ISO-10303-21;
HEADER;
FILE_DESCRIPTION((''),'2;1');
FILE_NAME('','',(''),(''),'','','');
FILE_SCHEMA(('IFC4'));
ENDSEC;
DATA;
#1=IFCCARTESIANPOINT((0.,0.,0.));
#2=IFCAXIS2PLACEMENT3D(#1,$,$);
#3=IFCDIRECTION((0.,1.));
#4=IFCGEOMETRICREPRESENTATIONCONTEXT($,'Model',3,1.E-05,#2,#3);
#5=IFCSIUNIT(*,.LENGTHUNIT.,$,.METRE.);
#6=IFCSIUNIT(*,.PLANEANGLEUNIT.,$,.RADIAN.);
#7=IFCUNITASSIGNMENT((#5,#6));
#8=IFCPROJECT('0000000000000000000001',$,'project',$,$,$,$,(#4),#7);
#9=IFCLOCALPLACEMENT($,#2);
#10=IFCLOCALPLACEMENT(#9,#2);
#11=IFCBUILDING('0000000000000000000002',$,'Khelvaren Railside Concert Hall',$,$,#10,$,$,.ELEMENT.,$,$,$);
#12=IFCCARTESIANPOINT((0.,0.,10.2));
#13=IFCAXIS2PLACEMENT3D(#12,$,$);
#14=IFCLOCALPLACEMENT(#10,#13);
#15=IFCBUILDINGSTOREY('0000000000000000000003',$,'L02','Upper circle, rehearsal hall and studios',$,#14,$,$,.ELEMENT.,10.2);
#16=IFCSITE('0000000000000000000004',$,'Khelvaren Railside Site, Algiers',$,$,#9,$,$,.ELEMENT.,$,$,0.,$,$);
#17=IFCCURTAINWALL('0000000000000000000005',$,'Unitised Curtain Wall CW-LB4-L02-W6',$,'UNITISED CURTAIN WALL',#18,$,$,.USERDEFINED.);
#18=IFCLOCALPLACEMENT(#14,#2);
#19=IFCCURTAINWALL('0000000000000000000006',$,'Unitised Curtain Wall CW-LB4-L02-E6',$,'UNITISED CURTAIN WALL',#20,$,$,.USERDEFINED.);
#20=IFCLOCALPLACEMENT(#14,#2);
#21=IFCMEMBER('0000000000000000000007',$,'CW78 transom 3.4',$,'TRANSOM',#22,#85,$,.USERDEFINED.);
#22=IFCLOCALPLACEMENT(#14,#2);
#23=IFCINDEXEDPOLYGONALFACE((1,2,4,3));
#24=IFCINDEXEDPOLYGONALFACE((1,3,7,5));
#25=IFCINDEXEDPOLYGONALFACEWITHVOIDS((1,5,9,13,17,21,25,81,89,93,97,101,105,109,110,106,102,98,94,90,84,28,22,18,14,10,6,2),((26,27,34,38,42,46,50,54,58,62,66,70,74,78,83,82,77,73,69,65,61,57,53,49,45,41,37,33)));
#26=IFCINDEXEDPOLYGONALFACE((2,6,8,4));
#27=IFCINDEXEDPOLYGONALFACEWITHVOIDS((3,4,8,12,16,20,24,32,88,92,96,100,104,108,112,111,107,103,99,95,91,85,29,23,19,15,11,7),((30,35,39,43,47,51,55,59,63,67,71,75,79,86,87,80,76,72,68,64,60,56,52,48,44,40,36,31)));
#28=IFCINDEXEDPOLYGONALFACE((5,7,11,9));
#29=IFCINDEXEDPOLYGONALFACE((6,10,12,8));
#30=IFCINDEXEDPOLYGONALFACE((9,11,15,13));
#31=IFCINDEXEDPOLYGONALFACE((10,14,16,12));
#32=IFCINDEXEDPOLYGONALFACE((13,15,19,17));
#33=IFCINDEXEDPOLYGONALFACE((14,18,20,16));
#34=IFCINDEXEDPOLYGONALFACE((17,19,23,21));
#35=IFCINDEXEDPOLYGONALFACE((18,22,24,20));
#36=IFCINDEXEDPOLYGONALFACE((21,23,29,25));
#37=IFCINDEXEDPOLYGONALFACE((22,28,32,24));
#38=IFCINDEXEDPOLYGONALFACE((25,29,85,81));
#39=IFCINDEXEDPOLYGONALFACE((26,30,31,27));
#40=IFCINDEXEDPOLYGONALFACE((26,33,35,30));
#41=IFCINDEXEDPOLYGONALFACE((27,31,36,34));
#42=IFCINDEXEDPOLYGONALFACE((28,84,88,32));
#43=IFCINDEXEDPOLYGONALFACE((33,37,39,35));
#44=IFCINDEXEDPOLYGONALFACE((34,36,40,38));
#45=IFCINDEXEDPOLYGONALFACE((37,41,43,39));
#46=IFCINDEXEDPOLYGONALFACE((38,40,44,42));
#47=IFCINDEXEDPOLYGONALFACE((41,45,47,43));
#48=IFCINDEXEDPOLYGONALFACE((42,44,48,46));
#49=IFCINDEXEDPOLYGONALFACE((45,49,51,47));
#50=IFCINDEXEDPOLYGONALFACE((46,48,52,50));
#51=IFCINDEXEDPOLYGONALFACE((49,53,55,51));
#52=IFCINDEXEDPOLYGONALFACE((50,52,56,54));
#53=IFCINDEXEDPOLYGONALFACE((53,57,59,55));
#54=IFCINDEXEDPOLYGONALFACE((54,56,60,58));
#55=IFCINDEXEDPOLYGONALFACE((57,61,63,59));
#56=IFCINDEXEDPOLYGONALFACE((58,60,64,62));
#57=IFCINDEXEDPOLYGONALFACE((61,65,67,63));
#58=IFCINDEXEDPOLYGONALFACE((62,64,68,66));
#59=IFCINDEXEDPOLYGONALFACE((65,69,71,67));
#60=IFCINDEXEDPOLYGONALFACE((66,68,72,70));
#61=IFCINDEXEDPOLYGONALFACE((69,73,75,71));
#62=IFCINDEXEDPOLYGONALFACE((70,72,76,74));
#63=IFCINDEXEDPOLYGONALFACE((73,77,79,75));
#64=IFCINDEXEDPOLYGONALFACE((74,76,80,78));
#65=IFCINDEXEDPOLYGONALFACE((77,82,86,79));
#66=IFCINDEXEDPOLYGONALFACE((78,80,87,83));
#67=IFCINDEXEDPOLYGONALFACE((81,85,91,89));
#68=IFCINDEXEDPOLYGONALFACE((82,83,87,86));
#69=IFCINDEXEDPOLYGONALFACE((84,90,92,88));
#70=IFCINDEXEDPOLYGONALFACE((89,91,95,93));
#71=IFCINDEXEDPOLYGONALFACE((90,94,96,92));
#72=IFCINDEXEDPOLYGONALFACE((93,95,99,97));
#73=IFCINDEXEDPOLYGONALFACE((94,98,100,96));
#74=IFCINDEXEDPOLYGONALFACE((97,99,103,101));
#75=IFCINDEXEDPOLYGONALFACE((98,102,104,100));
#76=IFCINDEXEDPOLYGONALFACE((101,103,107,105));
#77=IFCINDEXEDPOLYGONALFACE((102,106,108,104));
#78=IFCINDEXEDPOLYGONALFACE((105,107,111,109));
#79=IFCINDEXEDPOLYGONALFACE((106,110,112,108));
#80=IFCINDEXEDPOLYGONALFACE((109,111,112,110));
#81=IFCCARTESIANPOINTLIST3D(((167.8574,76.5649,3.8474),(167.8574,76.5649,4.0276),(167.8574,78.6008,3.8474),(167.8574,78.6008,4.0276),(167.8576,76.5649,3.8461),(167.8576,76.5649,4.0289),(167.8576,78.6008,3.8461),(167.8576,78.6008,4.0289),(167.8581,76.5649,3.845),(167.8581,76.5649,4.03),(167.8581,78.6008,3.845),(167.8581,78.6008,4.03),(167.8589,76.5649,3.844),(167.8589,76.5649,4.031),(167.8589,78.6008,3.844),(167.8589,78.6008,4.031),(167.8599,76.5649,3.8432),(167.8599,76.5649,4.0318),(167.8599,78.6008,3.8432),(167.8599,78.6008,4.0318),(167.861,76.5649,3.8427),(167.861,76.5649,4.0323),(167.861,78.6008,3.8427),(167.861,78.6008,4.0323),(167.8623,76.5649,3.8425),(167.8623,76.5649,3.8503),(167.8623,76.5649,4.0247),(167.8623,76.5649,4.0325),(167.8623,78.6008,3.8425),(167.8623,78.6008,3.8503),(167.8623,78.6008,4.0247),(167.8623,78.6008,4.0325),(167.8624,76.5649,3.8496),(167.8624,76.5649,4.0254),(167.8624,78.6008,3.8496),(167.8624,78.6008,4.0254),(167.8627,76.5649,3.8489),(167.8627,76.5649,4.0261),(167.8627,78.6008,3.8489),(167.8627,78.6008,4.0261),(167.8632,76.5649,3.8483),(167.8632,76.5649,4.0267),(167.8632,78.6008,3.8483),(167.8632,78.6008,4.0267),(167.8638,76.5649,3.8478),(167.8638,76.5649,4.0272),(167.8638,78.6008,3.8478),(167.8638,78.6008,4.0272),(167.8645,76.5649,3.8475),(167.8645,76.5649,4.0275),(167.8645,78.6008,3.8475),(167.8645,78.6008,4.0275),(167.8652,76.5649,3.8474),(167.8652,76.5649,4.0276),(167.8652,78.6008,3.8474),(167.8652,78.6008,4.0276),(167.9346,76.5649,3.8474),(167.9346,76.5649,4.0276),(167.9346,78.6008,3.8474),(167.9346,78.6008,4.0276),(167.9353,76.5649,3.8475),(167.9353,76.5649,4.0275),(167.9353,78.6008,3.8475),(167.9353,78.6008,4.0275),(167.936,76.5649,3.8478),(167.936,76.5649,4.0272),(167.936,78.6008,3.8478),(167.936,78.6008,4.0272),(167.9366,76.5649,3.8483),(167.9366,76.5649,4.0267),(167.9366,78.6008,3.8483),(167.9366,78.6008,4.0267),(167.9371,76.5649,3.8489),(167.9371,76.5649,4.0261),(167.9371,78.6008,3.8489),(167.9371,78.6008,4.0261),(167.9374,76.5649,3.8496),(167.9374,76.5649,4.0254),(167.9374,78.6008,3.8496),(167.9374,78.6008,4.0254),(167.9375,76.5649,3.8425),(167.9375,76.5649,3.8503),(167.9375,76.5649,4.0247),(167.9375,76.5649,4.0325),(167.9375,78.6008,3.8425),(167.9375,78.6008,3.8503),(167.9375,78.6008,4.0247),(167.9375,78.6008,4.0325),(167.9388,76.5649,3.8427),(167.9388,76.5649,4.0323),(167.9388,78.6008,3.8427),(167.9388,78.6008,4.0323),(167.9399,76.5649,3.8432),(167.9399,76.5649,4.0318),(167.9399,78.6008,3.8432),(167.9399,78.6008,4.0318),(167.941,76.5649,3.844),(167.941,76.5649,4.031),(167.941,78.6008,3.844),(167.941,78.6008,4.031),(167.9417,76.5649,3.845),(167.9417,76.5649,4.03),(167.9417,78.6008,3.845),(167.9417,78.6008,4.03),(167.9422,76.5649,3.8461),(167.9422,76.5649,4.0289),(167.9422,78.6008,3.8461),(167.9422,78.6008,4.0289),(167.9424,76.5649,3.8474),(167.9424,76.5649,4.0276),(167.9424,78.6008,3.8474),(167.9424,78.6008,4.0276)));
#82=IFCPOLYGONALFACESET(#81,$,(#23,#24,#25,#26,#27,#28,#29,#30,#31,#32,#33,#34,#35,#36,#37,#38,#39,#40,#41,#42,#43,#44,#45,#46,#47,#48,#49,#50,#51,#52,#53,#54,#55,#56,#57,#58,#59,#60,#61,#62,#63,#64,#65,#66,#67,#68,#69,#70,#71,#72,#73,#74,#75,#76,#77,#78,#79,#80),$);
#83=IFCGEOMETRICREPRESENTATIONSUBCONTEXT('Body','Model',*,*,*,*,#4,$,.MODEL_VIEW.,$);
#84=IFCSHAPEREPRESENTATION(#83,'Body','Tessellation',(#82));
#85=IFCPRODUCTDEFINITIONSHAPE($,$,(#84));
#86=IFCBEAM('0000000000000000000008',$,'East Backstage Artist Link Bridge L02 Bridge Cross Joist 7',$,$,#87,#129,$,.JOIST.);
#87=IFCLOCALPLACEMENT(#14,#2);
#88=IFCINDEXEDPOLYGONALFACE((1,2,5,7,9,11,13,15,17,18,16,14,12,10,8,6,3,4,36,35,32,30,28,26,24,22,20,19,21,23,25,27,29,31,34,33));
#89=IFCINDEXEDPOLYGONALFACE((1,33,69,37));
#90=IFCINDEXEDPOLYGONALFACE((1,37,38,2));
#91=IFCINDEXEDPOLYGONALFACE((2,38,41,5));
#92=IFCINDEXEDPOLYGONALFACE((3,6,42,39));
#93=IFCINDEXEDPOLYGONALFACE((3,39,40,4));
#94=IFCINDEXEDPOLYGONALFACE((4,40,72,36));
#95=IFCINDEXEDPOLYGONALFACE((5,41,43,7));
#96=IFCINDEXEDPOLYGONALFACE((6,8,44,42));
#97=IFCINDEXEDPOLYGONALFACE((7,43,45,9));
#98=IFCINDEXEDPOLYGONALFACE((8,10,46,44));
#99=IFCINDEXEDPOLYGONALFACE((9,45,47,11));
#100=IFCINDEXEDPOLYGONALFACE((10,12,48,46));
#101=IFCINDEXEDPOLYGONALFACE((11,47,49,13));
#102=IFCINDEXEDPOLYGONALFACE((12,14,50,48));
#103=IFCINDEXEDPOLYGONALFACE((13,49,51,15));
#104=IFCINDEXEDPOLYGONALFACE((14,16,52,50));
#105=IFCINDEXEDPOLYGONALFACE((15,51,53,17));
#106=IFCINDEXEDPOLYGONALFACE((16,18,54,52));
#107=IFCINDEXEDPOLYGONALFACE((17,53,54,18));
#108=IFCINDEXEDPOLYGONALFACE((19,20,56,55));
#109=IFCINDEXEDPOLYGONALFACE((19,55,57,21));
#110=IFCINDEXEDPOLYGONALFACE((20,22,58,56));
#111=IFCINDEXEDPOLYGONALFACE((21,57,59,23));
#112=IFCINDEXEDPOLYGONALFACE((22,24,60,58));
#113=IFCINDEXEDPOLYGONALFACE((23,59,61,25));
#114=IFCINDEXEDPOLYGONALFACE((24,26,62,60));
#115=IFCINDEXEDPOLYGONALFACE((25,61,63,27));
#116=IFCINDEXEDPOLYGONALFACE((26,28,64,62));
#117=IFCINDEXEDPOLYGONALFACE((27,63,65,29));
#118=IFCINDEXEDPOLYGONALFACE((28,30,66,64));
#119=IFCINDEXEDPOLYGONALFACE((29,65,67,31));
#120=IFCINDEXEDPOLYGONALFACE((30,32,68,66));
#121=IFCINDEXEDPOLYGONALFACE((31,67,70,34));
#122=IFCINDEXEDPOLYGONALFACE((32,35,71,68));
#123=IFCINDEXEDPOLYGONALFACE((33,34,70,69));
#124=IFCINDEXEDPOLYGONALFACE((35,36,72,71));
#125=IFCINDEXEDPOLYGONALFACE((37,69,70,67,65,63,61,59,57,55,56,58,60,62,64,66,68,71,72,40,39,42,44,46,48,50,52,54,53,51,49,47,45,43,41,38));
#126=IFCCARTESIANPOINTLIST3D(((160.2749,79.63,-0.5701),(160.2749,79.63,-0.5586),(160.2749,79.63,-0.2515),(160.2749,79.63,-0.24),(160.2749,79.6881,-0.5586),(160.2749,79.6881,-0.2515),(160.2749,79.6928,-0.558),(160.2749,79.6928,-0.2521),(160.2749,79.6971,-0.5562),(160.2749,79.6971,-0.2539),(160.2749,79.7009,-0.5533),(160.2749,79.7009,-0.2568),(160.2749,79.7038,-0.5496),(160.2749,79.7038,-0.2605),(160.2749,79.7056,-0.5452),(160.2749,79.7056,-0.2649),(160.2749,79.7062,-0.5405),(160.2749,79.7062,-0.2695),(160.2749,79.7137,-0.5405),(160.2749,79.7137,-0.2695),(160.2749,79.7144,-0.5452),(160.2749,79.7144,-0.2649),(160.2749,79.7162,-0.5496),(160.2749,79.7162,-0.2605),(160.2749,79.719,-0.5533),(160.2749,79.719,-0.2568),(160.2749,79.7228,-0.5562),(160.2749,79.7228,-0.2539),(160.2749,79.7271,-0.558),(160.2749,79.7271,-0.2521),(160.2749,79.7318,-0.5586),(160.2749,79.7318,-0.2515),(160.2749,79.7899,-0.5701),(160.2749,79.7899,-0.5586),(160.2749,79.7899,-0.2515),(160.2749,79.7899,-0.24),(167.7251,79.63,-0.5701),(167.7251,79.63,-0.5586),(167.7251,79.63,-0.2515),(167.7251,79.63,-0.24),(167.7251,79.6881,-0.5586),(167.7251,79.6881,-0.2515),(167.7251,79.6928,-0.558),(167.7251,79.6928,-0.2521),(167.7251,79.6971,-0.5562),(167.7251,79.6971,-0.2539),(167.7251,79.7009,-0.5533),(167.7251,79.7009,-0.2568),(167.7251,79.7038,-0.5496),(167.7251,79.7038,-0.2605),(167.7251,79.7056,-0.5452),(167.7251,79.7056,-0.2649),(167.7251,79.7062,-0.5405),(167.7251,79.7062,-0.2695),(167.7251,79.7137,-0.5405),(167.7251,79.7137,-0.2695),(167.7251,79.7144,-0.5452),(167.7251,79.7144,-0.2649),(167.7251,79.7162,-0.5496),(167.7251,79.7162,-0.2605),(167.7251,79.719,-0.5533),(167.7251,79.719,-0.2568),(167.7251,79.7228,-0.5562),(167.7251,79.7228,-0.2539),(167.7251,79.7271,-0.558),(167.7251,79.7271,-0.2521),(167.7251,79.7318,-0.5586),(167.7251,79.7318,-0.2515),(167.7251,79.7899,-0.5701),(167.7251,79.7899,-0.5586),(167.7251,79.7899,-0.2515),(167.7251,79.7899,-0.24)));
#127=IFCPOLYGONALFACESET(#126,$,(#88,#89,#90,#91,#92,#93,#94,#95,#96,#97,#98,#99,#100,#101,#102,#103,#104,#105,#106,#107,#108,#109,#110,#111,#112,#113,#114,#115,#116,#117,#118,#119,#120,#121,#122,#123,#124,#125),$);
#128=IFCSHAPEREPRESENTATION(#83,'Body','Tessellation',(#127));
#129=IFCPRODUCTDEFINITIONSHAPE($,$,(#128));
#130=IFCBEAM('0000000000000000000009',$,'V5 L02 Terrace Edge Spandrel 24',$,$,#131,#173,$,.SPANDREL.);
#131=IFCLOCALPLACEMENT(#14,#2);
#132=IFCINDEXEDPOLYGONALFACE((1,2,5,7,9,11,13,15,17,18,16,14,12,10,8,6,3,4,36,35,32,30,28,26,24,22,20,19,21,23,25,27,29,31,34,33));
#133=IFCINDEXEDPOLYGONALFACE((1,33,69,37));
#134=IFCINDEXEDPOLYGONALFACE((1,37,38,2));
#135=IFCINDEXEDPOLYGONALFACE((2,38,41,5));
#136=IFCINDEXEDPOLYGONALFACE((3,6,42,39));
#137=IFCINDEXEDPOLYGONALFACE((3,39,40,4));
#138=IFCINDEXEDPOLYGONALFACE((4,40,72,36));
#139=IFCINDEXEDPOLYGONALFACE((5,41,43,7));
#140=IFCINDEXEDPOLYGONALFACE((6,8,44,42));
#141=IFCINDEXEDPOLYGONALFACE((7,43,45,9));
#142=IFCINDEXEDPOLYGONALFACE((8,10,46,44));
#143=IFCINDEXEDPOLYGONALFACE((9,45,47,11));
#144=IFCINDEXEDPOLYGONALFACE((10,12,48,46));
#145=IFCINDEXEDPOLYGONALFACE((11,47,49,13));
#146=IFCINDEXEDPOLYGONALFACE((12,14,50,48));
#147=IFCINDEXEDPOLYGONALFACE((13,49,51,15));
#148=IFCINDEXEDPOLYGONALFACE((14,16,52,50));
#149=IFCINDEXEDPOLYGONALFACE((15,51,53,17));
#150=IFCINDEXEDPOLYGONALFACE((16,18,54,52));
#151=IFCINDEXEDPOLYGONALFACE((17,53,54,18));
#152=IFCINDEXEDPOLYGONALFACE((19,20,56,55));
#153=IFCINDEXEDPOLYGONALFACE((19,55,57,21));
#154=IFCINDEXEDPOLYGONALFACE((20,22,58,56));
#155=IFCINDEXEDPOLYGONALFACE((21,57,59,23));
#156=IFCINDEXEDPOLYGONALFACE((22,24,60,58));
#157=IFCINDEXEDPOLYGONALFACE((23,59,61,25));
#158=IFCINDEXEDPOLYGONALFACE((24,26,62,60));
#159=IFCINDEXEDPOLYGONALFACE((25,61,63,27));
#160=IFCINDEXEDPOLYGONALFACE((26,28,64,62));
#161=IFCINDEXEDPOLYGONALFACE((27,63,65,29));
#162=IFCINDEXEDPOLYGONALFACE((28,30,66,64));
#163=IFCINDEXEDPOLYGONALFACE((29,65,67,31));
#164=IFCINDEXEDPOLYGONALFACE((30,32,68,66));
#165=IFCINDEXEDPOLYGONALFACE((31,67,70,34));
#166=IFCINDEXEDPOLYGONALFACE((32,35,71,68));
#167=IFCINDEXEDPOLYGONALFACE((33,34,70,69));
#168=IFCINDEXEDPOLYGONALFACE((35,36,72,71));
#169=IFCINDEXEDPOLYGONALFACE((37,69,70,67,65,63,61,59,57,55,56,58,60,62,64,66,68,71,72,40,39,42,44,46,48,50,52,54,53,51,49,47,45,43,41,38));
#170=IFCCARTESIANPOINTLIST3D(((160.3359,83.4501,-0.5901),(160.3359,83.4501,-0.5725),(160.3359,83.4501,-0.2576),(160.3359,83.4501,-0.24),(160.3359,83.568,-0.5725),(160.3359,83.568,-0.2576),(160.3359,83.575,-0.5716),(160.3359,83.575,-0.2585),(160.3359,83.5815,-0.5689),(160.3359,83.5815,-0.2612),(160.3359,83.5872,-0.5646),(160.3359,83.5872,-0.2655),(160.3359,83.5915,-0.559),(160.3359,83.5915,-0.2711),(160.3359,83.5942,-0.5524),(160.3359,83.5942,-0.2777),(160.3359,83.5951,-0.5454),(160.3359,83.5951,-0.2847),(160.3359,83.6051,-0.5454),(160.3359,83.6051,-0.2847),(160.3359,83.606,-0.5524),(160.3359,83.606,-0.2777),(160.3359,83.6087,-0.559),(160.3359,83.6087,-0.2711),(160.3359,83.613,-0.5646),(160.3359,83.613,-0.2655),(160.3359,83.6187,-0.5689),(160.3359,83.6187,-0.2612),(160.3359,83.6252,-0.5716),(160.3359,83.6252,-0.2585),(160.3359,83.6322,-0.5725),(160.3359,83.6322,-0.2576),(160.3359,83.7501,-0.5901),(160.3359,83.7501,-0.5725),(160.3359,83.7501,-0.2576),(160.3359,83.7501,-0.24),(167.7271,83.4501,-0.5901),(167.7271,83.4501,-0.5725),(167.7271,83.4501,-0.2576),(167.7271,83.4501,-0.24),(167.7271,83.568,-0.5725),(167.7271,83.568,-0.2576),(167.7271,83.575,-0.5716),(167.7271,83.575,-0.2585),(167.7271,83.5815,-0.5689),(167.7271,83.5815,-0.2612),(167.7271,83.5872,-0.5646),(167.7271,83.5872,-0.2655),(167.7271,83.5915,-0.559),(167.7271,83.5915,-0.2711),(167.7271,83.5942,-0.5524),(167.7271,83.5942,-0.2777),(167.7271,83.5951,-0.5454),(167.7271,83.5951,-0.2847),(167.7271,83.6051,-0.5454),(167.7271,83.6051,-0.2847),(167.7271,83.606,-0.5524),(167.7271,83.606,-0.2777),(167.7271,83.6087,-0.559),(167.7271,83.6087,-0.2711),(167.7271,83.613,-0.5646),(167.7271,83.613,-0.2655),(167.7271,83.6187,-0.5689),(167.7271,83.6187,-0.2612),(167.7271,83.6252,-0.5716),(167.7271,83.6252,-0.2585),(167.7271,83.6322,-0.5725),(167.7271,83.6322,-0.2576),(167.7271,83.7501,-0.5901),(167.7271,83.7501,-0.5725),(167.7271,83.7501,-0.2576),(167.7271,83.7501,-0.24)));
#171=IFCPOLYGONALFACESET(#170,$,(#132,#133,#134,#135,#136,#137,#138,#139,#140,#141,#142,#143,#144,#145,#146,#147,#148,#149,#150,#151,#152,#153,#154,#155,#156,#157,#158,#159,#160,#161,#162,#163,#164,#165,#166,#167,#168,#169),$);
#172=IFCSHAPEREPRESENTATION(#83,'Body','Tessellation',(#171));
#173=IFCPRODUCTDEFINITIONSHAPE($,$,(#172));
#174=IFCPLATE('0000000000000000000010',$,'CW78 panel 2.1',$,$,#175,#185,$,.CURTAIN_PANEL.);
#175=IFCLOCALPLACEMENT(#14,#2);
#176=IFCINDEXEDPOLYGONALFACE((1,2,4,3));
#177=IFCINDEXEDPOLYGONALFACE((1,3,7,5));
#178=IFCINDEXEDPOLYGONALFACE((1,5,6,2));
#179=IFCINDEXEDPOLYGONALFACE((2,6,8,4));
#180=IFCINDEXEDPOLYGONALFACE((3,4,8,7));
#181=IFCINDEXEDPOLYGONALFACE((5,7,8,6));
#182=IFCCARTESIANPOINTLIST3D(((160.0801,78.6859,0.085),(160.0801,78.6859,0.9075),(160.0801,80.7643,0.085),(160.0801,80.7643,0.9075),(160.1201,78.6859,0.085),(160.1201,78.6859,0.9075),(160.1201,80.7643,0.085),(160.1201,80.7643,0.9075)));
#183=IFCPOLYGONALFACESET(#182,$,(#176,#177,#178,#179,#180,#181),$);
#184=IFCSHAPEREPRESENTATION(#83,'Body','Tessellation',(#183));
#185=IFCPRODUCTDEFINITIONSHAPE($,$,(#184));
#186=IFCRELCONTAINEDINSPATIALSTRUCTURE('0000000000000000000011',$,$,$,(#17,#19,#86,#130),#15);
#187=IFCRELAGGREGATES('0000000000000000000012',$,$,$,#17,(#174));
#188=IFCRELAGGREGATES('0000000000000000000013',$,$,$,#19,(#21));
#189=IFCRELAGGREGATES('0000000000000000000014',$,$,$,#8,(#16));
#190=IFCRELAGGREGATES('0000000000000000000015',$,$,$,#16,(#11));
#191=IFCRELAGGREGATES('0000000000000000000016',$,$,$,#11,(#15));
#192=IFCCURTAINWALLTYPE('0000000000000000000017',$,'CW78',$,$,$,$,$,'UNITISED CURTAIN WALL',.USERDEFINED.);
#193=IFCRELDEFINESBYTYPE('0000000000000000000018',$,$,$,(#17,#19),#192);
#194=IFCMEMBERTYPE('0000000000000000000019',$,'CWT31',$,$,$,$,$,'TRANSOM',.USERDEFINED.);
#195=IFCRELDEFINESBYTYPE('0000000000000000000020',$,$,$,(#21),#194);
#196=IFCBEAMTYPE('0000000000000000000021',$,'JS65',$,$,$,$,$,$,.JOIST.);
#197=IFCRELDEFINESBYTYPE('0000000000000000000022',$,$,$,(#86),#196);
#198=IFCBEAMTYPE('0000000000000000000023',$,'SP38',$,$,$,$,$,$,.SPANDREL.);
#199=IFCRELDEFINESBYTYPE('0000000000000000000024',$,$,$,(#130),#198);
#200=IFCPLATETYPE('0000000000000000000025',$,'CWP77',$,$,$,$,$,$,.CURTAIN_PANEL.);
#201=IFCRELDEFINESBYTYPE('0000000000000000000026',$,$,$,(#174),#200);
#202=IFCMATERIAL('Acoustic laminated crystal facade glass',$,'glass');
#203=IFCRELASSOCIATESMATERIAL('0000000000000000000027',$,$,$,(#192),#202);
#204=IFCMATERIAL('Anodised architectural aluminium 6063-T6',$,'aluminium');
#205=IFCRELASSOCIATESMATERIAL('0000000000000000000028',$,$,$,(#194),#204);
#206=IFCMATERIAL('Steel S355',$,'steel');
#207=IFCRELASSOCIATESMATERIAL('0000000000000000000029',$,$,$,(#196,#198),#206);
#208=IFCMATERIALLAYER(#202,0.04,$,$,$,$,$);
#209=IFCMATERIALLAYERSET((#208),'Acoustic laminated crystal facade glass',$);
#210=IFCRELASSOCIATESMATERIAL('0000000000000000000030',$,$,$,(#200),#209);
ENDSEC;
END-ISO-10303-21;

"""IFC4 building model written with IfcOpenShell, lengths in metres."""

from ifc_helpers import new_model, si_unit, direction, frame, origin, origin_2d, place, context, subcontext, project, spatial, rectangle, hollow_rectangle, i_section, extrude, material, layer, layer_set, material_profile, profile_set, type_object, element, aggregate, save


model = new_model("IFC4")

# Units and contexts
model_context = context("Model", 3, precision=1e-05, world=origin(), true_north=direction((0.0, 1.0)))
body_context = subcontext(model_context, "Body", "Model", "MODEL_VIEW")
ifc_project = project(units=[si_unit("LENGTHUNIT", "METRE"), si_unit("PLANEANGLEUNIT", "RADIAN")], contexts=[model_context])

# Site, building, storey
site_placement = place(None, origin())
site = spatial("IfcSite", under=ifc_project, at=site_placement, Name="Khelvaren Railside Site, Algiers", CompositionType="ELEMENT", RefElevation=0.0)
building_placement = place(site_placement, origin())
building = spatial("IfcBuilding", under=site, at=building_placement, Name="Khelvaren Railside Concert Hall", CompositionType="ELEMENT")
storey_placement = place(building_placement, frame((0.0, 0.0, 10.2)))
storey = spatial("IfcBuildingStorey", under=building, at=storey_placement, Name="L02", Description="Upper circle, rehearsal hall and studios", CompositionType="ELEMENT", Elevation=10.2)

# Curtain walls, member
ifc_material_1 = material(Name="Acoustic laminated crystal facade glass", Category="glass")
curtain_wall_type = type_object("IfcCurtainWallType", Name="CW78", ElementType="UNITISED CURTAIN WALL", PredefinedType="USERDEFINED", material=ifc_material_1)
curtain_wall_1_placement = place(storey_placement, origin())
curtain_wall_1 = element("IfcCurtainWall", 1, at=curtain_wall_1_placement, inside=storey, type_object=curtain_wall_type, Name="Unitised Curtain Wall CW-LB4-L02-W6", ObjectType="UNITISED CURTAIN WALL", PredefinedType="USERDEFINED")
ifc_material_2 = material(Name="Anodised architectural aluminium 6063-T6", Category="aluminium")
ifc_material_profile_1 = material_profile(ifc_material_2, hollow_rectangle(XDim=0.085, YDim=0.1899, WallThickness=0.0049, InnerFilletRadius=0.0029, OuterFilletRadius=0.0049, at=origin_2d()), Name="CWT 85x190x5")
ifc_profile_set_1 = profile_set([ifc_material_profile_1], Name="Anodised architectural aluminium 6063-T6")
member_type_1 = type_object("IfcMemberType", Name="CWT31", ElementType="TRANSOM", PredefinedType="USERDEFINED", material=ifc_profile_set_1)
curtain_wall_2_placement = place(storey_placement, origin())
curtain_wall_2 = element("IfcCurtainWall", 2, at=curtain_wall_2_placement, inside=storey, type_object=curtain_wall_type, Name="Unitised Curtain Wall CW-LB4-L02-E6", ObjectType="UNITISED CURTAIN WALL", PredefinedType="USERDEFINED")
member_1_placement = place(storey_placement, frame((167.8999, 78.6008, 3.9375), z_axis=(0.0, -1.0, 0.0), x_axis=(1.0, 0.0, 0.0)))
member_1 = element("IfcMember", 3, at=member_1_placement, type_object=member_type_1, Name="CW78 transom 3.4", ObjectType="TRANSOM", PredefinedType="USERDEFINED", context=body_context, shape_type="SweptSolid", body=[
    extrude(hollow_rectangle(XDim=0.085, YDim=0.1899, WallThickness=0.0049, InnerFilletRadius=0.0029, OuterFilletRadius=0.0049, at=origin_2d()), origin(), (0.0, 0.0, 1.0), 2.0359),
])

# Beams
ifc_material_3 = material(Name="Steel S355", Category="steel")
ifc_material_profile_2 = material_profile(ifc_material_3, i_section(OverallWidth=0.1599, OverallDepth=0.3301, WebThickness=0.0076, FlangeThickness=0.0115, FilletRadius=0.0181, at=origin_2d()), Name="IPE 330")
ifc_profile_set_2 = profile_set([ifc_material_profile_2], Name="Steel S355")
beam_type_1 = type_object("IfcBeamType", Name="JS65", PredefinedType="JOIST", material=ifc_profile_set_2)
beam_1_placement = place(storey_placement, frame((160.2749, 79.71, -0.405), z_axis=(1.0, 0.0, 0.0), x_axis=(0.0, 1.0, 0.0)))
element("IfcBeam", 4, at=beam_1_placement, inside=storey, type_object=beam_type_1, Name="East Backstage Artist Link Bridge L02 Bridge Cross Joist 7", PredefinedType="JOIST", context=body_context, shape_type="SweptSolid", body=[
    extrude(i_section(OverallWidth=0.1599, OverallDepth=0.3301, WebThickness=0.0076, FlangeThickness=0.0115, FilletRadius=0.0181, at=origin_2d()), origin(), (0.0, 0.0, 1.0), 7.4502),
])
ifc_material_profile_3 = material_profile(ifc_material_3, i_section(OverallWidth=0.3, OverallDepth=0.3501, WebThickness=0.01, FlangeThickness=0.0176, FilletRadius=0.0271, at=origin_2d()), Name="HEA 360")
ifc_profile_set_3 = profile_set([ifc_material_profile_3], Name="Steel S355")
beam_type_2 = type_object("IfcBeamType", Name="SP38", PredefinedType="SPANDREL", material=ifc_profile_set_3)
beam_2_placement = place(storey_placement, frame((160.3359, 83.6001, -0.415), z_axis=(1.0, 0.0, 0.0), x_axis=(0.0, 1.0, 0.0)))
element("IfcBeam", 5, at=beam_2_placement, inside=storey, type_object=beam_type_2, Name="V5 L02 Terrace Edge Spandrel 24", PredefinedType="SPANDREL", context=body_context, shape_type="SweptSolid", body=[
    extrude(i_section(OverallWidth=0.3, OverallDepth=0.3501, WebThickness=0.01, FlangeThickness=0.0176, FilletRadius=0.0271, at=origin_2d()), origin(), (0.0, 0.0, 1.0), 7.3911),
])

# Plate
ifc_layer = layer(ifc_material_1, 0.04)
ifc_layer_set = layer_set([ifc_layer], Name="Acoustic laminated crystal facade glass")
plate_type = type_object("IfcPlateType", Name="CWP77", PredefinedType="CURTAIN_PANEL", material=ifc_layer_set)
plate_1_placement = place(storey_placement, frame((160.1001, 79.7251, 0.085), z_axis=(0.0, 0.0, 1.0), x_axis=(0.0, 1.0, 0.0)))
plate_1 = element("IfcPlate", 6, at=plate_1_placement, type_object=plate_type, Name="CW78 panel 2.1", PredefinedType="CURTAIN_PANEL", context=body_context, shape_type="SweptSolid", body=[
    extrude(rectangle(XDim=2.0784, YDim=0.04, at=origin_2d()), origin(), (0.0, 0.0, 1.0), 0.8225),
])
aggregate(curtain_wall_1, [plate_1])
aggregate(curtain_wall_2, [member_1])

save(model, "model.ifc")
